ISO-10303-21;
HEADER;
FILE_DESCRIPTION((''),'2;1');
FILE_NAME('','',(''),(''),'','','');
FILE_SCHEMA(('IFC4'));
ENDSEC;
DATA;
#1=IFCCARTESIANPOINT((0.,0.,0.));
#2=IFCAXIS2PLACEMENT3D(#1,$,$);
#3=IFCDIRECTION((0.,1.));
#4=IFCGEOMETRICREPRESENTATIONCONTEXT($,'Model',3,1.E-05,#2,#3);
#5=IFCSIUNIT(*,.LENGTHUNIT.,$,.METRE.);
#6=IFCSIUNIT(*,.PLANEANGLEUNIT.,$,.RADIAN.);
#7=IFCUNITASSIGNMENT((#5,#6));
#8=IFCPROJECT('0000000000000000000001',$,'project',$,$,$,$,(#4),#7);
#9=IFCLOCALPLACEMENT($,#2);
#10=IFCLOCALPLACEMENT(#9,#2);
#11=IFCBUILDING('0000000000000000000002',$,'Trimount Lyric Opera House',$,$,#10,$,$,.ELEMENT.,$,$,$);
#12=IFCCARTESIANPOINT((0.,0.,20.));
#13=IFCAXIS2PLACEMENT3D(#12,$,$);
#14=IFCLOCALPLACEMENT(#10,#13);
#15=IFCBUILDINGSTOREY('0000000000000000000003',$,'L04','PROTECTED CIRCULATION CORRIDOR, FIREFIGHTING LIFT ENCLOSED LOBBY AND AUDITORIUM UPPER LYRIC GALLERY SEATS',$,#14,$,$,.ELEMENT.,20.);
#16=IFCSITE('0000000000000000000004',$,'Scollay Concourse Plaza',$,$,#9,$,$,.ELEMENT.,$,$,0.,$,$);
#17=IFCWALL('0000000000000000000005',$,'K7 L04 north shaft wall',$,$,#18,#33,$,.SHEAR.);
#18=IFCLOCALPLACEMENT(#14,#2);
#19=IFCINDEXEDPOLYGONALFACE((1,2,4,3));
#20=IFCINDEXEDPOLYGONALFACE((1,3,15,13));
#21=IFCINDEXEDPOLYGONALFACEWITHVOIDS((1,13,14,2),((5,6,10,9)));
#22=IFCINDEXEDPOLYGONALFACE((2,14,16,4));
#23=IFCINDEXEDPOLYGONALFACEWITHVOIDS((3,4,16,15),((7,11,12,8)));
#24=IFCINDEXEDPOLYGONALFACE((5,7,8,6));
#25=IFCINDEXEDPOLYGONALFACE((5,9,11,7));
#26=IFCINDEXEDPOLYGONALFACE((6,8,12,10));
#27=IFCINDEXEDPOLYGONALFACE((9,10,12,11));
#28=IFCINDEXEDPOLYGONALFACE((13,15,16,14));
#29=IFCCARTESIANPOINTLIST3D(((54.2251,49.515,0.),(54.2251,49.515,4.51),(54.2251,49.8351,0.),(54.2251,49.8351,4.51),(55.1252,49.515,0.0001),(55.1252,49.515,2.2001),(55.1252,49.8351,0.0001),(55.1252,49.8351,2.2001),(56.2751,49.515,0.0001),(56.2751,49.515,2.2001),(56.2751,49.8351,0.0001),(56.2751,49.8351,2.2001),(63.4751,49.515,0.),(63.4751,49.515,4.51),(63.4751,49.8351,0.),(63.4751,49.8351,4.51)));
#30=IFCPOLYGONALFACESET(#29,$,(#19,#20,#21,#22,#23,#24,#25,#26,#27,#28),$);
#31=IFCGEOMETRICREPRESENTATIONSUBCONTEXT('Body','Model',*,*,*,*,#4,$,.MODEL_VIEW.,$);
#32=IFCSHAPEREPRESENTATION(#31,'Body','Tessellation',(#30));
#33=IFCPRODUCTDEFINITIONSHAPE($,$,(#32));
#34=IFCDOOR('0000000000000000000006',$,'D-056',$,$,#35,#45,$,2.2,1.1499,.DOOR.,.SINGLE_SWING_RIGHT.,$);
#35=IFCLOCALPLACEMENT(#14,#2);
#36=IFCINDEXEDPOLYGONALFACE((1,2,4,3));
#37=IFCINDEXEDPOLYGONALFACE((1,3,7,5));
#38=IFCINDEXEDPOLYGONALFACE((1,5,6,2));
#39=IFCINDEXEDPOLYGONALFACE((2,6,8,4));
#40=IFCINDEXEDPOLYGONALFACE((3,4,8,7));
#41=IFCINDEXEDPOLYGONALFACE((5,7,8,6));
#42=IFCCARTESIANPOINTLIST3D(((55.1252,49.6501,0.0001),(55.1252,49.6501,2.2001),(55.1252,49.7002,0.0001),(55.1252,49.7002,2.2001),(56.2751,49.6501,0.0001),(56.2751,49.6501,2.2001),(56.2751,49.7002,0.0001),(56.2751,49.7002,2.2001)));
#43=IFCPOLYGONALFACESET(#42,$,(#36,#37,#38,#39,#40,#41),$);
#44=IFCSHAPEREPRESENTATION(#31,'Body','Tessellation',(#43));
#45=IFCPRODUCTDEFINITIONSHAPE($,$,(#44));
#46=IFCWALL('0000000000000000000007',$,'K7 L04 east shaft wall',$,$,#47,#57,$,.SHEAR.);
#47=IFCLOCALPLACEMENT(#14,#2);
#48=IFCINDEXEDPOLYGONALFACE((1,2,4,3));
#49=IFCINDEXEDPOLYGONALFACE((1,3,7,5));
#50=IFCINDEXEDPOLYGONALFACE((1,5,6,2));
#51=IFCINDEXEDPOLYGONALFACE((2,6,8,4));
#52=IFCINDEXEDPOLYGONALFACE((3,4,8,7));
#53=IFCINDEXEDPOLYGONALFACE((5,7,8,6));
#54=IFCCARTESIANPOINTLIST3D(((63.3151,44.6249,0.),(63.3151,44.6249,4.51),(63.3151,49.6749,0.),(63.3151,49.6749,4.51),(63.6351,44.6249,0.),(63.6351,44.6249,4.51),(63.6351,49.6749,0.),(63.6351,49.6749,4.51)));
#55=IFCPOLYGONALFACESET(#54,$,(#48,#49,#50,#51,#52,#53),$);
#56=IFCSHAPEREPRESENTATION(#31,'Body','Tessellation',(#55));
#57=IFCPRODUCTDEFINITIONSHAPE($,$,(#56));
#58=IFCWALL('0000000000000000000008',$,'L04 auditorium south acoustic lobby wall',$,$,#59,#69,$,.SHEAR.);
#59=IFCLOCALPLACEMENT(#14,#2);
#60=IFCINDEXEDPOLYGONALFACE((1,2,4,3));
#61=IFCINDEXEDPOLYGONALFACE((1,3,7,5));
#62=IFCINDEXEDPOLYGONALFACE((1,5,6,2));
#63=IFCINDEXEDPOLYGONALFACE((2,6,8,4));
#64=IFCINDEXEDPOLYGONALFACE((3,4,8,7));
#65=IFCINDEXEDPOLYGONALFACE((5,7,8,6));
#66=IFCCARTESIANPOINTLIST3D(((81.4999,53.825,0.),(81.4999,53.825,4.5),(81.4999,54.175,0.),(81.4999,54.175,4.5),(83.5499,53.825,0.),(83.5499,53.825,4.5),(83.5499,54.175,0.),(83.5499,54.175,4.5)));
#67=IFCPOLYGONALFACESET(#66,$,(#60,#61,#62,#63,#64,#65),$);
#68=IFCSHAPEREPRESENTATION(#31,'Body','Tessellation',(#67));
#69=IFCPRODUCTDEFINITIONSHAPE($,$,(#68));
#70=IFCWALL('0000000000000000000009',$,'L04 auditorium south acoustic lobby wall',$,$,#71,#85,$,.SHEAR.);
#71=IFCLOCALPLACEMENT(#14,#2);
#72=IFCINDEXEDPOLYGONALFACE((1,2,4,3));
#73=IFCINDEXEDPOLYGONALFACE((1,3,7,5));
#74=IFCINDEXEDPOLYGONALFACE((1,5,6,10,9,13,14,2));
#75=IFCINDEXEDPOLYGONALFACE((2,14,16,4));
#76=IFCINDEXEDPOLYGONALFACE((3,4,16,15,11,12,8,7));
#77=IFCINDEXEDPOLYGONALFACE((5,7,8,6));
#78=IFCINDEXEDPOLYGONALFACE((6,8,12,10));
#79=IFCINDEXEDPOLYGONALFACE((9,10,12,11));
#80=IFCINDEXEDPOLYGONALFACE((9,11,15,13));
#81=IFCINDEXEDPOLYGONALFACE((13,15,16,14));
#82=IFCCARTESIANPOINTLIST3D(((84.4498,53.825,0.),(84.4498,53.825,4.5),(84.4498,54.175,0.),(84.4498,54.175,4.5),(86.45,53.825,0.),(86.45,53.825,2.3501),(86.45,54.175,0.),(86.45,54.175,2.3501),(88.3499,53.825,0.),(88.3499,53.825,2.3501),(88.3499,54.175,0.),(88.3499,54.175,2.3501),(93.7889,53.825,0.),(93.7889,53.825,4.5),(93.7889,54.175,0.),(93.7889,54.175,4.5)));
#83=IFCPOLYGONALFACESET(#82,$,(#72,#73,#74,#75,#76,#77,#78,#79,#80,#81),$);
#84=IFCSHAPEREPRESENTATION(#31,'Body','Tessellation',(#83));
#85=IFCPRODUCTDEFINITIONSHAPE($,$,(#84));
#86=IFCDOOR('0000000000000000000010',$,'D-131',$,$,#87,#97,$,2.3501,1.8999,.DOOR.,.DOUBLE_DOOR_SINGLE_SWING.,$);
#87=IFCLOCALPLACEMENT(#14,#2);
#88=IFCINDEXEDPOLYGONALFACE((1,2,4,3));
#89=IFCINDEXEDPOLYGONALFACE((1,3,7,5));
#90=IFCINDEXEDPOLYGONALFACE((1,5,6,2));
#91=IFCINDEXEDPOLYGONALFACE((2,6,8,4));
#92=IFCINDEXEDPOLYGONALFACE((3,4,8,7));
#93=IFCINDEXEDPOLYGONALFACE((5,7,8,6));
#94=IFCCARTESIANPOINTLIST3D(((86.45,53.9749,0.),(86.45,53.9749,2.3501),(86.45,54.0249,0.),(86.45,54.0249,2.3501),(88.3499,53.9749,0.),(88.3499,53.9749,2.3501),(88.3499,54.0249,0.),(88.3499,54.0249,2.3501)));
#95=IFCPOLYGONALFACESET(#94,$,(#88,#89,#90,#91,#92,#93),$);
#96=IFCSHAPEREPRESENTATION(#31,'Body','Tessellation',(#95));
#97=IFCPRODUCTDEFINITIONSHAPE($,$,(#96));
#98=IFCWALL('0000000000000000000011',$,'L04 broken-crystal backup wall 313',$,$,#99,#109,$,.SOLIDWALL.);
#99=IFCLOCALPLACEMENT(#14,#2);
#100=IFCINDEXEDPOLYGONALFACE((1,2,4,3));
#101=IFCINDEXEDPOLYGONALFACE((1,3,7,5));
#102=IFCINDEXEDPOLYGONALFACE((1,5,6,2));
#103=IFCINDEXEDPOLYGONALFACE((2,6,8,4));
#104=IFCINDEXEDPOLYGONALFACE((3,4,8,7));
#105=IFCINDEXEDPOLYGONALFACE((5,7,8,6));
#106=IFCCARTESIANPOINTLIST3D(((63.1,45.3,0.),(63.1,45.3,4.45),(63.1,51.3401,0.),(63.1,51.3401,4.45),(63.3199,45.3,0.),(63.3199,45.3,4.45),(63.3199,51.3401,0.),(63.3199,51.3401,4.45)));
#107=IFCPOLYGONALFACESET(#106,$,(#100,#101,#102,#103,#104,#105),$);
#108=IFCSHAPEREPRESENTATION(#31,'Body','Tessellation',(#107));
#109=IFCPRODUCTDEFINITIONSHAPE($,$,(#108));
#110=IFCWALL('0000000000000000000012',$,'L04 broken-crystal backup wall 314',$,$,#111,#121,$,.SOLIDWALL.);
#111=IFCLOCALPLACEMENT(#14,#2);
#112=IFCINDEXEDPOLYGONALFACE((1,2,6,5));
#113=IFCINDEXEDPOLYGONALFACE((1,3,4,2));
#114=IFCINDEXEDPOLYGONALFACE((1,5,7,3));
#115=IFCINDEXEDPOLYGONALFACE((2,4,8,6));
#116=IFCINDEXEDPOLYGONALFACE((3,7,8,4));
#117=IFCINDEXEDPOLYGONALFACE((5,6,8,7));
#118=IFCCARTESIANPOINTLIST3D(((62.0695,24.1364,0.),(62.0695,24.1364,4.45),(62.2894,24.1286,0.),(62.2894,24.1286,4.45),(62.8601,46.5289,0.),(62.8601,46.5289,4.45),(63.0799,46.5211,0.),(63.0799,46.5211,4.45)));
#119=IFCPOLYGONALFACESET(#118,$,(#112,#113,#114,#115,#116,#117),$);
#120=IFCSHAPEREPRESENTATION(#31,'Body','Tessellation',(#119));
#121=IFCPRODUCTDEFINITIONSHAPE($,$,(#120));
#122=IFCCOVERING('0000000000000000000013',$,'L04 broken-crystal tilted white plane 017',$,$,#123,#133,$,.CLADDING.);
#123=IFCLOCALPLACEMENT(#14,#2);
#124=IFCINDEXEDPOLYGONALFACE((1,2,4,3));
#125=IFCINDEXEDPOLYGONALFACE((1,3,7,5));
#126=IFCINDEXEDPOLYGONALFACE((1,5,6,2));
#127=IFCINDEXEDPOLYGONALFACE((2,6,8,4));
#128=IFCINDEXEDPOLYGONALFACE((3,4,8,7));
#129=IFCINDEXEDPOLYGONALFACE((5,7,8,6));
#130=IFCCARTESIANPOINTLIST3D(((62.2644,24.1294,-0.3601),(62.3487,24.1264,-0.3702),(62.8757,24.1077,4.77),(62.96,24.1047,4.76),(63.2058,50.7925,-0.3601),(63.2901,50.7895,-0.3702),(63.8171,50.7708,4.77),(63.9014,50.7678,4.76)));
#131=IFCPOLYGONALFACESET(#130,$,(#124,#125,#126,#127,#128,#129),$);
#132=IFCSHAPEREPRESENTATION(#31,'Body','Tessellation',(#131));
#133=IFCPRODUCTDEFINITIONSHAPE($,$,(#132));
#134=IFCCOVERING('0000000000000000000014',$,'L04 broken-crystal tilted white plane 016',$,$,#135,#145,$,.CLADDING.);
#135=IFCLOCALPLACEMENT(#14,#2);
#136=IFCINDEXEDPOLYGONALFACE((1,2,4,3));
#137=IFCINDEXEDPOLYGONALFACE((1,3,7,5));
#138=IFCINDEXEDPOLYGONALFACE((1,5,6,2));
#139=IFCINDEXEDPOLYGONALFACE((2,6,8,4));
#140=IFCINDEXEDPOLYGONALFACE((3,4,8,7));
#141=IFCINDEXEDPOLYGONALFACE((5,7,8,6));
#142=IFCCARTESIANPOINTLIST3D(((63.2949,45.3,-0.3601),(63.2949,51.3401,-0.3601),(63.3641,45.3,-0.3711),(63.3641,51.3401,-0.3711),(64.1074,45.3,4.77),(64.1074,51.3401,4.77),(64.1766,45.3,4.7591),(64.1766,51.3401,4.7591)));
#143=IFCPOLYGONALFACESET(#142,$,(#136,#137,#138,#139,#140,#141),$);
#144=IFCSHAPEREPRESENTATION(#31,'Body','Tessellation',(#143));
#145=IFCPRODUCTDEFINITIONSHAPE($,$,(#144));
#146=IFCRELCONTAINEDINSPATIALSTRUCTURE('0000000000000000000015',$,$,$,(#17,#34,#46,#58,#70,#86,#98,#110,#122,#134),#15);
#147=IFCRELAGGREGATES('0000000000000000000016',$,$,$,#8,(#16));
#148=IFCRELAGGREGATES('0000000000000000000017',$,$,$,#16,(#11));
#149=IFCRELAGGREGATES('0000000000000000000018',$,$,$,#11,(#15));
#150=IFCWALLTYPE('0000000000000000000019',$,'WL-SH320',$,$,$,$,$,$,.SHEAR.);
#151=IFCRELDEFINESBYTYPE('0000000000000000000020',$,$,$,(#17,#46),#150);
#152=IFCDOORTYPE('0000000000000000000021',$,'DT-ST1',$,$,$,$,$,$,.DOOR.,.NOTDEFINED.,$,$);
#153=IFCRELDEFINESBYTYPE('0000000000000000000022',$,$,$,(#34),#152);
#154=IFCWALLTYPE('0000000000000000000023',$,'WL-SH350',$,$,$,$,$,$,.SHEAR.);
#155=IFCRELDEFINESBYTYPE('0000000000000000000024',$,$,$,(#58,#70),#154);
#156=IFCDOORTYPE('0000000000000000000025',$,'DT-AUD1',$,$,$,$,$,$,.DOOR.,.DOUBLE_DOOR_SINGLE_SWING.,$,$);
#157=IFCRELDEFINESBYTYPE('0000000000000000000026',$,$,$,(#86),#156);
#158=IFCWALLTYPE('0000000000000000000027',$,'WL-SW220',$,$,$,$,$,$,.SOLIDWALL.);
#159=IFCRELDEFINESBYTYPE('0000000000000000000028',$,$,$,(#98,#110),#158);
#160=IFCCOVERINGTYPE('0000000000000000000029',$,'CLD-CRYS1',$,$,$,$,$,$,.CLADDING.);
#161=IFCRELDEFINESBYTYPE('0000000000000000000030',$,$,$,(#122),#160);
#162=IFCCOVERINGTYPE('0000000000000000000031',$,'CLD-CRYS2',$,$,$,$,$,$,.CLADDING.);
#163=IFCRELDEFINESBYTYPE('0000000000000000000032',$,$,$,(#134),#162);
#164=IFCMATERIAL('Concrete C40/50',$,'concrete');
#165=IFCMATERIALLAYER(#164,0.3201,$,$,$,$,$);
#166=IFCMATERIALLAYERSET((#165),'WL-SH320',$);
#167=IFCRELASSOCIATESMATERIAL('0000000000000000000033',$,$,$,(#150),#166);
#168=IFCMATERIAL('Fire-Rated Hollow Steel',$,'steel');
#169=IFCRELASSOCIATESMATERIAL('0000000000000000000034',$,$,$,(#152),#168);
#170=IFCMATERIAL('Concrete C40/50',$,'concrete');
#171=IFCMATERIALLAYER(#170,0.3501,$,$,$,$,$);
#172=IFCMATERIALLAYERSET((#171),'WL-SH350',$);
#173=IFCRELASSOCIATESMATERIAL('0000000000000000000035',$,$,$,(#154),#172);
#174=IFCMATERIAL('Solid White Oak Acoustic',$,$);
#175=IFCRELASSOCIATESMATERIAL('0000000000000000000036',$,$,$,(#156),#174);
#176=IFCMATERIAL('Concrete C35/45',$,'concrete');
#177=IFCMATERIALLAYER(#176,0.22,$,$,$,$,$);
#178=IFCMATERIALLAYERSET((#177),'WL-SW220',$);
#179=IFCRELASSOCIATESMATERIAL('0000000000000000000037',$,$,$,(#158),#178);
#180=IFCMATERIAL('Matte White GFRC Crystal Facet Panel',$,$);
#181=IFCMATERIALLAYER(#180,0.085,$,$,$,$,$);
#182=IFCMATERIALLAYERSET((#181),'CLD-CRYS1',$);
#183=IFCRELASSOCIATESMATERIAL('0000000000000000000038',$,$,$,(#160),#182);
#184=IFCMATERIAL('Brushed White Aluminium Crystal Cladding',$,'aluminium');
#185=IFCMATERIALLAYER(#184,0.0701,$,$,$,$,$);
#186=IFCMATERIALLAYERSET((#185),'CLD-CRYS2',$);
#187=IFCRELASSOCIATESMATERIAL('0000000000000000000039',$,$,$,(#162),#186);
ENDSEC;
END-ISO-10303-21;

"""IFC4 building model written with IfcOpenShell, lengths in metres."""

from ifc_helpers import new_model, si_unit, direction, frame, frame_2d, origin, place, context, subcontext, project, spatial, polyline, rectangle, outline, extrude, material, layer, layer_set, type_object, element, fill, save


model = new_model("IFC4")

# Units and contexts
model_context = context("Model", 3, precision=1e-05, world=origin(), true_north=direction((0.0, 1.0)))
body_context = subcontext(model_context, "Body", "Model", "MODEL_VIEW")
ifc_project = project(units=[si_unit("LENGTHUNIT", "METRE"), si_unit("PLANEANGLEUNIT", "RADIAN")], contexts=[model_context])

# Site, building, storey
site_placement = place(None, origin())
site = spatial("IfcSite", under=ifc_project, at=site_placement, Name="Scollay Concourse Plaza", CompositionType="ELEMENT", RefElevation=0.0)
building_placement = place(site_placement, origin())
building = spatial("IfcBuilding", under=site, at=building_placement, Name="Trimount Lyric Opera House", CompositionType="ELEMENT")
storey_placement = place(building_placement, frame((0.0, 0.0, 20.0)))
storey = spatial("IfcBuildingStorey", under=building, at=storey_placement, Name="L04", Description="PROTECTED CIRCULATION CORRIDOR, FIREFIGHTING LIFT ENCLOSED LOBBY AND AUDITORIUM UPPER LYRIC GALLERY SEATS", CompositionType="ELEMENT", Elevation=20.0)

# Wall, opening, door
ifc_material_1 = material(Name="Concrete C40/50", Category="concrete")
ifc_layer_1 = layer(ifc_material_1, 0.3201)
ifc_layer_set_1 = layer_set([ifc_layer_1], Name="WL-SH320")
wall_type_1 = type_object("IfcWallType", Name="WL-SH320", PredefinedType="SHEAR", material=ifc_layer_set_1)
wall_1_placement = place(storey_placement, frame((63.4751, 49.675, 0.0), z_axis=(0.0, 0.0, 1.0), x_axis=(-1.0, 0.0, 0.0)))
wall_1 = element("IfcWall", 1, at=wall_1_placement, inside=storey, type_object=wall_type_1, Name="K7 L04 north shaft wall", PredefinedType="SHEAR", context=body_context, shape_type="SweptSolid", body=[
    extrude(rectangle(XDim=9.25, YDim=0.3201, at=frame_2d((4.625, 0.0))), origin(), (0.0, 0.0, 1.0), 4.51),
])
opening_1_placement = place(wall_1_placement, frame((7.2, 0.0, 0.0)))
opening_1 = element("IfcOpeningElement", 2, at=opening_1_placement, cuts=wall_1, PredefinedType="OPENING", context=body_context, shape_type="SweptSolid", body=[
    extrude(rectangle(XDim=1.1499, YDim=2.2, at=frame_2d((0.575, 1.1001))), frame((0.0, 0.1699, 0.0), z_axis=(0.0, -1.0, 0.0), x_axis=(1.0, 0.0, 0.0)), (0.0, 0.0, 1.0), 0.3401),
])
ifc_material_2 = material(Name="Fire-Rated Hollow Steel", Category="steel")
door_type_1 = type_object("IfcDoorType", Name="DT-ST1", OperationType="NOTDEFINED", PredefinedType="DOOR", material=ifc_material_2)
door_1_placement = place(opening_1_placement, origin())
door_1 = element("IfcDoor", 3, at=door_1_placement, inside=storey, type_object=door_type_1, Name="D-056", OperationType="SINGLE_SWING_RIGHT", OverallHeight=2.2, OverallWidth=1.1499, PredefinedType="DOOR", context=body_context, shape_type="SweptSolid", body=[
    extrude(rectangle(XDim=1.1499, YDim=2.2, at=frame_2d((0.575, 1.1001))), frame((0.0, 0.0249, 0.0), z_axis=(0.0, -1.0, 0.0), x_axis=(1.0, 0.0, 0.0)), (0.0, 0.0, 1.0), 0.05),
])
fill(opening_1, door_1)

# Walls
wall_2_placement = place(storey_placement, frame((63.4751, 44.625, 0.0), z_axis=(0.0, 0.0, 1.0), x_axis=(0.0, 1.0, 0.0)))
element("IfcWall", 4, at=wall_2_placement, inside=storey, type_object=wall_type_1, Name="K7 L04 east shaft wall", PredefinedType="SHEAR", context=body_context, shape_type="SweptSolid", body=[
    extrude(rectangle(XDim=5.05, YDim=0.3201, at=frame_2d((2.5249, 0.0))), origin(), (0.0, 0.0, 1.0), 4.51),
])
ifc_material_3 = material(Name="Concrete C40/50", Category="concrete")
ifc_layer_2 = layer(ifc_material_3, 0.3501)
ifc_layer_set_2 = layer_set([ifc_layer_2], Name="WL-SH350")
wall_type_2 = type_object("IfcWallType", Name="WL-SH350", PredefinedType="SHEAR", material=ifc_layer_set_2)
wall_3_placement = place(storey_placement, frame((81.5, 54.0, 0.0), z_axis=(0.0, 0.0, 1.0), x_axis=(1.0, 0.0, 0.0)))
element("IfcWall", 5, at=wall_3_placement, inside=storey, type_object=wall_type_2, Name="L04 auditorium south acoustic lobby wall", PredefinedType="SHEAR", context=body_context, shape_type="SweptSolid", body=[
    extrude(rectangle(XDim=2.05, YDim=0.3501, at=frame_2d((1.0249, 0.0))), origin(), (0.0, 0.0, 1.0), 4.5),
])

# Wall, opening, door
wall_4_placement = place(storey_placement, frame((84.45, 54.0, 0.0), z_axis=(0.0, 0.0, 1.0), x_axis=(1.0, 0.0, 0.0)))
wall_4 = element("IfcWall", 6, at=wall_4_placement, inside=storey, type_object=wall_type_2, Name="L04 auditorium south acoustic lobby wall", PredefinedType="SHEAR", context=body_context, shape_type="SweptSolid", body=[
    extrude(rectangle(XDim=9.3391, YDim=0.3501, at=frame_2d((4.6694, 0.0))), origin(), (0.0, 0.0, 1.0), 4.5),
])
opening_2_placement = place(wall_4_placement, frame((2.0, 0.0, 0.0)))
opening_2 = element("IfcOpeningElement", 7, at=opening_2_placement, cuts=wall_4, PredefinedType="OPENING", context=body_context, shape_type="SweptSolid", body=[
    extrude(rectangle(XDim=1.8999, YDim=2.3501, at=frame_2d((0.95, 1.175))), frame((0.0, 0.1851, 0.0), z_axis=(0.0, -1.0, 0.0), x_axis=(1.0, 0.0, 0.0)), (0.0, 0.0, 1.0), 0.3701),
])
ifc_material_4 = material(Name="Solid White Oak Acoustic")
door_type_2 = type_object("IfcDoorType", Name="DT-AUD1", OperationType="DOUBLE_DOOR_SINGLE_SWING", PredefinedType="DOOR", material=ifc_material_4)
door_2_placement = place(opening_2_placement, origin())
door_2 = element("IfcDoor", 8, at=door_2_placement, inside=storey, type_object=door_type_2, Name="D-131", OperationType="DOUBLE_DOOR_SINGLE_SWING", OverallHeight=2.3501, OverallWidth=1.8999, PredefinedType="DOOR", context=body_context, shape_type="SweptSolid", body=[
    extrude(rectangle(XDim=1.8999, YDim=2.3501, at=frame_2d((0.95, 1.175))), frame((0.0, 0.0249, 0.0), z_axis=(0.0, -1.0, 0.0), x_axis=(1.0, 0.0, 0.0)), (0.0, 0.0, 1.0), 0.05),
])
fill(opening_2, door_2)

# Walls
ifc_material_5 = material(Name="Concrete C35/45", Category="concrete")
ifc_layer_3 = layer(ifc_material_5, 0.22)
ifc_layer_set_3 = layer_set([ifc_layer_3], Name="WL-SW220")
wall_type_3 = type_object("IfcWallType", Name="WL-SW220", PredefinedType="SOLIDWALL", material=ifc_layer_set_3)
wall_5_placement = place(storey_placement, frame((63.21, 45.3, 0.0), z_axis=(0.0, 0.0, 1.0), x_axis=(0.0, 1.0, 0.0)))
element("IfcWall", 9, at=wall_5_placement, inside=storey, type_object=wall_type_3, Name="L04 broken-crystal backup wall 313", PredefinedType="SOLIDWALL", context=body_context, shape_type="SweptSolid", body=[
    extrude(rectangle(XDim=6.04, YDim=0.22, at=frame_2d((3.02, 0.0))), origin(), (0.0, 0.0, 1.0), 4.45),
])
wall_6_placement = place(storey_placement, frame((62.97, 46.5249, 0.0), z_axis=(0.0, 0.0, 1.0), x_axis=(-0.035281, -0.999377, 0.0)))
element("IfcWall", 10, at=wall_6_placement, inside=storey, type_object=wall_type_3, Name="L04 broken-crystal backup wall 314", PredefinedType="SOLIDWALL", context=body_context, shape_type="SweptSolid", body=[
    extrude(rectangle(XDim=22.4065, YDim=0.22, at=frame_2d((11.2031, 0.0))), origin(), (0.0, 0.0, 1.0), 4.45),
])

# Coverings
ifc_material_6 = material(Name="Matte White GFRC Crystal Facet Panel")
ifc_layer_4 = layer(ifc_material_6, 0.085)
ifc_layer_set_4 = layer_set([ifc_layer_4], Name="CLD-CRYS1")
covering_type_1 = type_object("IfcCoveringType", Name="CLD-CRYS1", PredefinedType="CLADDING", material=ifc_layer_set_4)
covering_1_placement = place(storey_placement, frame((63.2058, 50.7925, -0.3601), z_axis=(-0.992348, 0.035037, 0.118401), x_axis=(-0.035285, -0.999377, 0.0)))
element("IfcCovering", 11, at=covering_1_placement, inside=storey, type_object=covering_type_1, Name="L04 broken-crystal tilted white plane 017", PredefinedType="CLADDING", context=body_context, shape_type="SweptSolid", body=[
    extrude(outline(polyline([(0.0, 0.0), (26.6797, 0.0), (26.6798, 5.1665), (0.0001, 5.1665), (0.0, 0.0)])), origin(), (0.0, 0.0, -1.0), 0.085),
])
ifc_material_7 = material(Name="Brushed White Aluminium Crystal Cladding", Category="aluminium")
ifc_layer_5 = layer(ifc_material_7, 0.0701)
ifc_layer_set_5 = layer_set([ifc_layer_5], Name="CLD-CRYS2")
covering_type_2 = type_object("IfcCoveringType", Name="CLD-CRYS2", PredefinedType="CLADDING", material=ifc_layer_set_5)
covering_2_placement = place(storey_placement, frame((63.2949, 45.3, -0.3601), z_axis=(-0.987689, 0.0, 0.156428), x_axis=(0.0, 1.0, 0.0)))
element("IfcCovering", 12, at=covering_2_placement, inside=storey, type_object=covering_type_2, Name="L04 broken-crystal tilted white plane 016", PredefinedType="CLADDING", context=body_context, shape_type="SweptSolid", body=[
    extrude(outline(polyline([(0.0, 0.0), (6.04, 0.0), (6.04, -5.1941), (0.0, -5.1941), (0.0, 0.0)])), origin(), (0.0, 0.0, -1.0), 0.0701),
])

save(model, "model.ifc")
